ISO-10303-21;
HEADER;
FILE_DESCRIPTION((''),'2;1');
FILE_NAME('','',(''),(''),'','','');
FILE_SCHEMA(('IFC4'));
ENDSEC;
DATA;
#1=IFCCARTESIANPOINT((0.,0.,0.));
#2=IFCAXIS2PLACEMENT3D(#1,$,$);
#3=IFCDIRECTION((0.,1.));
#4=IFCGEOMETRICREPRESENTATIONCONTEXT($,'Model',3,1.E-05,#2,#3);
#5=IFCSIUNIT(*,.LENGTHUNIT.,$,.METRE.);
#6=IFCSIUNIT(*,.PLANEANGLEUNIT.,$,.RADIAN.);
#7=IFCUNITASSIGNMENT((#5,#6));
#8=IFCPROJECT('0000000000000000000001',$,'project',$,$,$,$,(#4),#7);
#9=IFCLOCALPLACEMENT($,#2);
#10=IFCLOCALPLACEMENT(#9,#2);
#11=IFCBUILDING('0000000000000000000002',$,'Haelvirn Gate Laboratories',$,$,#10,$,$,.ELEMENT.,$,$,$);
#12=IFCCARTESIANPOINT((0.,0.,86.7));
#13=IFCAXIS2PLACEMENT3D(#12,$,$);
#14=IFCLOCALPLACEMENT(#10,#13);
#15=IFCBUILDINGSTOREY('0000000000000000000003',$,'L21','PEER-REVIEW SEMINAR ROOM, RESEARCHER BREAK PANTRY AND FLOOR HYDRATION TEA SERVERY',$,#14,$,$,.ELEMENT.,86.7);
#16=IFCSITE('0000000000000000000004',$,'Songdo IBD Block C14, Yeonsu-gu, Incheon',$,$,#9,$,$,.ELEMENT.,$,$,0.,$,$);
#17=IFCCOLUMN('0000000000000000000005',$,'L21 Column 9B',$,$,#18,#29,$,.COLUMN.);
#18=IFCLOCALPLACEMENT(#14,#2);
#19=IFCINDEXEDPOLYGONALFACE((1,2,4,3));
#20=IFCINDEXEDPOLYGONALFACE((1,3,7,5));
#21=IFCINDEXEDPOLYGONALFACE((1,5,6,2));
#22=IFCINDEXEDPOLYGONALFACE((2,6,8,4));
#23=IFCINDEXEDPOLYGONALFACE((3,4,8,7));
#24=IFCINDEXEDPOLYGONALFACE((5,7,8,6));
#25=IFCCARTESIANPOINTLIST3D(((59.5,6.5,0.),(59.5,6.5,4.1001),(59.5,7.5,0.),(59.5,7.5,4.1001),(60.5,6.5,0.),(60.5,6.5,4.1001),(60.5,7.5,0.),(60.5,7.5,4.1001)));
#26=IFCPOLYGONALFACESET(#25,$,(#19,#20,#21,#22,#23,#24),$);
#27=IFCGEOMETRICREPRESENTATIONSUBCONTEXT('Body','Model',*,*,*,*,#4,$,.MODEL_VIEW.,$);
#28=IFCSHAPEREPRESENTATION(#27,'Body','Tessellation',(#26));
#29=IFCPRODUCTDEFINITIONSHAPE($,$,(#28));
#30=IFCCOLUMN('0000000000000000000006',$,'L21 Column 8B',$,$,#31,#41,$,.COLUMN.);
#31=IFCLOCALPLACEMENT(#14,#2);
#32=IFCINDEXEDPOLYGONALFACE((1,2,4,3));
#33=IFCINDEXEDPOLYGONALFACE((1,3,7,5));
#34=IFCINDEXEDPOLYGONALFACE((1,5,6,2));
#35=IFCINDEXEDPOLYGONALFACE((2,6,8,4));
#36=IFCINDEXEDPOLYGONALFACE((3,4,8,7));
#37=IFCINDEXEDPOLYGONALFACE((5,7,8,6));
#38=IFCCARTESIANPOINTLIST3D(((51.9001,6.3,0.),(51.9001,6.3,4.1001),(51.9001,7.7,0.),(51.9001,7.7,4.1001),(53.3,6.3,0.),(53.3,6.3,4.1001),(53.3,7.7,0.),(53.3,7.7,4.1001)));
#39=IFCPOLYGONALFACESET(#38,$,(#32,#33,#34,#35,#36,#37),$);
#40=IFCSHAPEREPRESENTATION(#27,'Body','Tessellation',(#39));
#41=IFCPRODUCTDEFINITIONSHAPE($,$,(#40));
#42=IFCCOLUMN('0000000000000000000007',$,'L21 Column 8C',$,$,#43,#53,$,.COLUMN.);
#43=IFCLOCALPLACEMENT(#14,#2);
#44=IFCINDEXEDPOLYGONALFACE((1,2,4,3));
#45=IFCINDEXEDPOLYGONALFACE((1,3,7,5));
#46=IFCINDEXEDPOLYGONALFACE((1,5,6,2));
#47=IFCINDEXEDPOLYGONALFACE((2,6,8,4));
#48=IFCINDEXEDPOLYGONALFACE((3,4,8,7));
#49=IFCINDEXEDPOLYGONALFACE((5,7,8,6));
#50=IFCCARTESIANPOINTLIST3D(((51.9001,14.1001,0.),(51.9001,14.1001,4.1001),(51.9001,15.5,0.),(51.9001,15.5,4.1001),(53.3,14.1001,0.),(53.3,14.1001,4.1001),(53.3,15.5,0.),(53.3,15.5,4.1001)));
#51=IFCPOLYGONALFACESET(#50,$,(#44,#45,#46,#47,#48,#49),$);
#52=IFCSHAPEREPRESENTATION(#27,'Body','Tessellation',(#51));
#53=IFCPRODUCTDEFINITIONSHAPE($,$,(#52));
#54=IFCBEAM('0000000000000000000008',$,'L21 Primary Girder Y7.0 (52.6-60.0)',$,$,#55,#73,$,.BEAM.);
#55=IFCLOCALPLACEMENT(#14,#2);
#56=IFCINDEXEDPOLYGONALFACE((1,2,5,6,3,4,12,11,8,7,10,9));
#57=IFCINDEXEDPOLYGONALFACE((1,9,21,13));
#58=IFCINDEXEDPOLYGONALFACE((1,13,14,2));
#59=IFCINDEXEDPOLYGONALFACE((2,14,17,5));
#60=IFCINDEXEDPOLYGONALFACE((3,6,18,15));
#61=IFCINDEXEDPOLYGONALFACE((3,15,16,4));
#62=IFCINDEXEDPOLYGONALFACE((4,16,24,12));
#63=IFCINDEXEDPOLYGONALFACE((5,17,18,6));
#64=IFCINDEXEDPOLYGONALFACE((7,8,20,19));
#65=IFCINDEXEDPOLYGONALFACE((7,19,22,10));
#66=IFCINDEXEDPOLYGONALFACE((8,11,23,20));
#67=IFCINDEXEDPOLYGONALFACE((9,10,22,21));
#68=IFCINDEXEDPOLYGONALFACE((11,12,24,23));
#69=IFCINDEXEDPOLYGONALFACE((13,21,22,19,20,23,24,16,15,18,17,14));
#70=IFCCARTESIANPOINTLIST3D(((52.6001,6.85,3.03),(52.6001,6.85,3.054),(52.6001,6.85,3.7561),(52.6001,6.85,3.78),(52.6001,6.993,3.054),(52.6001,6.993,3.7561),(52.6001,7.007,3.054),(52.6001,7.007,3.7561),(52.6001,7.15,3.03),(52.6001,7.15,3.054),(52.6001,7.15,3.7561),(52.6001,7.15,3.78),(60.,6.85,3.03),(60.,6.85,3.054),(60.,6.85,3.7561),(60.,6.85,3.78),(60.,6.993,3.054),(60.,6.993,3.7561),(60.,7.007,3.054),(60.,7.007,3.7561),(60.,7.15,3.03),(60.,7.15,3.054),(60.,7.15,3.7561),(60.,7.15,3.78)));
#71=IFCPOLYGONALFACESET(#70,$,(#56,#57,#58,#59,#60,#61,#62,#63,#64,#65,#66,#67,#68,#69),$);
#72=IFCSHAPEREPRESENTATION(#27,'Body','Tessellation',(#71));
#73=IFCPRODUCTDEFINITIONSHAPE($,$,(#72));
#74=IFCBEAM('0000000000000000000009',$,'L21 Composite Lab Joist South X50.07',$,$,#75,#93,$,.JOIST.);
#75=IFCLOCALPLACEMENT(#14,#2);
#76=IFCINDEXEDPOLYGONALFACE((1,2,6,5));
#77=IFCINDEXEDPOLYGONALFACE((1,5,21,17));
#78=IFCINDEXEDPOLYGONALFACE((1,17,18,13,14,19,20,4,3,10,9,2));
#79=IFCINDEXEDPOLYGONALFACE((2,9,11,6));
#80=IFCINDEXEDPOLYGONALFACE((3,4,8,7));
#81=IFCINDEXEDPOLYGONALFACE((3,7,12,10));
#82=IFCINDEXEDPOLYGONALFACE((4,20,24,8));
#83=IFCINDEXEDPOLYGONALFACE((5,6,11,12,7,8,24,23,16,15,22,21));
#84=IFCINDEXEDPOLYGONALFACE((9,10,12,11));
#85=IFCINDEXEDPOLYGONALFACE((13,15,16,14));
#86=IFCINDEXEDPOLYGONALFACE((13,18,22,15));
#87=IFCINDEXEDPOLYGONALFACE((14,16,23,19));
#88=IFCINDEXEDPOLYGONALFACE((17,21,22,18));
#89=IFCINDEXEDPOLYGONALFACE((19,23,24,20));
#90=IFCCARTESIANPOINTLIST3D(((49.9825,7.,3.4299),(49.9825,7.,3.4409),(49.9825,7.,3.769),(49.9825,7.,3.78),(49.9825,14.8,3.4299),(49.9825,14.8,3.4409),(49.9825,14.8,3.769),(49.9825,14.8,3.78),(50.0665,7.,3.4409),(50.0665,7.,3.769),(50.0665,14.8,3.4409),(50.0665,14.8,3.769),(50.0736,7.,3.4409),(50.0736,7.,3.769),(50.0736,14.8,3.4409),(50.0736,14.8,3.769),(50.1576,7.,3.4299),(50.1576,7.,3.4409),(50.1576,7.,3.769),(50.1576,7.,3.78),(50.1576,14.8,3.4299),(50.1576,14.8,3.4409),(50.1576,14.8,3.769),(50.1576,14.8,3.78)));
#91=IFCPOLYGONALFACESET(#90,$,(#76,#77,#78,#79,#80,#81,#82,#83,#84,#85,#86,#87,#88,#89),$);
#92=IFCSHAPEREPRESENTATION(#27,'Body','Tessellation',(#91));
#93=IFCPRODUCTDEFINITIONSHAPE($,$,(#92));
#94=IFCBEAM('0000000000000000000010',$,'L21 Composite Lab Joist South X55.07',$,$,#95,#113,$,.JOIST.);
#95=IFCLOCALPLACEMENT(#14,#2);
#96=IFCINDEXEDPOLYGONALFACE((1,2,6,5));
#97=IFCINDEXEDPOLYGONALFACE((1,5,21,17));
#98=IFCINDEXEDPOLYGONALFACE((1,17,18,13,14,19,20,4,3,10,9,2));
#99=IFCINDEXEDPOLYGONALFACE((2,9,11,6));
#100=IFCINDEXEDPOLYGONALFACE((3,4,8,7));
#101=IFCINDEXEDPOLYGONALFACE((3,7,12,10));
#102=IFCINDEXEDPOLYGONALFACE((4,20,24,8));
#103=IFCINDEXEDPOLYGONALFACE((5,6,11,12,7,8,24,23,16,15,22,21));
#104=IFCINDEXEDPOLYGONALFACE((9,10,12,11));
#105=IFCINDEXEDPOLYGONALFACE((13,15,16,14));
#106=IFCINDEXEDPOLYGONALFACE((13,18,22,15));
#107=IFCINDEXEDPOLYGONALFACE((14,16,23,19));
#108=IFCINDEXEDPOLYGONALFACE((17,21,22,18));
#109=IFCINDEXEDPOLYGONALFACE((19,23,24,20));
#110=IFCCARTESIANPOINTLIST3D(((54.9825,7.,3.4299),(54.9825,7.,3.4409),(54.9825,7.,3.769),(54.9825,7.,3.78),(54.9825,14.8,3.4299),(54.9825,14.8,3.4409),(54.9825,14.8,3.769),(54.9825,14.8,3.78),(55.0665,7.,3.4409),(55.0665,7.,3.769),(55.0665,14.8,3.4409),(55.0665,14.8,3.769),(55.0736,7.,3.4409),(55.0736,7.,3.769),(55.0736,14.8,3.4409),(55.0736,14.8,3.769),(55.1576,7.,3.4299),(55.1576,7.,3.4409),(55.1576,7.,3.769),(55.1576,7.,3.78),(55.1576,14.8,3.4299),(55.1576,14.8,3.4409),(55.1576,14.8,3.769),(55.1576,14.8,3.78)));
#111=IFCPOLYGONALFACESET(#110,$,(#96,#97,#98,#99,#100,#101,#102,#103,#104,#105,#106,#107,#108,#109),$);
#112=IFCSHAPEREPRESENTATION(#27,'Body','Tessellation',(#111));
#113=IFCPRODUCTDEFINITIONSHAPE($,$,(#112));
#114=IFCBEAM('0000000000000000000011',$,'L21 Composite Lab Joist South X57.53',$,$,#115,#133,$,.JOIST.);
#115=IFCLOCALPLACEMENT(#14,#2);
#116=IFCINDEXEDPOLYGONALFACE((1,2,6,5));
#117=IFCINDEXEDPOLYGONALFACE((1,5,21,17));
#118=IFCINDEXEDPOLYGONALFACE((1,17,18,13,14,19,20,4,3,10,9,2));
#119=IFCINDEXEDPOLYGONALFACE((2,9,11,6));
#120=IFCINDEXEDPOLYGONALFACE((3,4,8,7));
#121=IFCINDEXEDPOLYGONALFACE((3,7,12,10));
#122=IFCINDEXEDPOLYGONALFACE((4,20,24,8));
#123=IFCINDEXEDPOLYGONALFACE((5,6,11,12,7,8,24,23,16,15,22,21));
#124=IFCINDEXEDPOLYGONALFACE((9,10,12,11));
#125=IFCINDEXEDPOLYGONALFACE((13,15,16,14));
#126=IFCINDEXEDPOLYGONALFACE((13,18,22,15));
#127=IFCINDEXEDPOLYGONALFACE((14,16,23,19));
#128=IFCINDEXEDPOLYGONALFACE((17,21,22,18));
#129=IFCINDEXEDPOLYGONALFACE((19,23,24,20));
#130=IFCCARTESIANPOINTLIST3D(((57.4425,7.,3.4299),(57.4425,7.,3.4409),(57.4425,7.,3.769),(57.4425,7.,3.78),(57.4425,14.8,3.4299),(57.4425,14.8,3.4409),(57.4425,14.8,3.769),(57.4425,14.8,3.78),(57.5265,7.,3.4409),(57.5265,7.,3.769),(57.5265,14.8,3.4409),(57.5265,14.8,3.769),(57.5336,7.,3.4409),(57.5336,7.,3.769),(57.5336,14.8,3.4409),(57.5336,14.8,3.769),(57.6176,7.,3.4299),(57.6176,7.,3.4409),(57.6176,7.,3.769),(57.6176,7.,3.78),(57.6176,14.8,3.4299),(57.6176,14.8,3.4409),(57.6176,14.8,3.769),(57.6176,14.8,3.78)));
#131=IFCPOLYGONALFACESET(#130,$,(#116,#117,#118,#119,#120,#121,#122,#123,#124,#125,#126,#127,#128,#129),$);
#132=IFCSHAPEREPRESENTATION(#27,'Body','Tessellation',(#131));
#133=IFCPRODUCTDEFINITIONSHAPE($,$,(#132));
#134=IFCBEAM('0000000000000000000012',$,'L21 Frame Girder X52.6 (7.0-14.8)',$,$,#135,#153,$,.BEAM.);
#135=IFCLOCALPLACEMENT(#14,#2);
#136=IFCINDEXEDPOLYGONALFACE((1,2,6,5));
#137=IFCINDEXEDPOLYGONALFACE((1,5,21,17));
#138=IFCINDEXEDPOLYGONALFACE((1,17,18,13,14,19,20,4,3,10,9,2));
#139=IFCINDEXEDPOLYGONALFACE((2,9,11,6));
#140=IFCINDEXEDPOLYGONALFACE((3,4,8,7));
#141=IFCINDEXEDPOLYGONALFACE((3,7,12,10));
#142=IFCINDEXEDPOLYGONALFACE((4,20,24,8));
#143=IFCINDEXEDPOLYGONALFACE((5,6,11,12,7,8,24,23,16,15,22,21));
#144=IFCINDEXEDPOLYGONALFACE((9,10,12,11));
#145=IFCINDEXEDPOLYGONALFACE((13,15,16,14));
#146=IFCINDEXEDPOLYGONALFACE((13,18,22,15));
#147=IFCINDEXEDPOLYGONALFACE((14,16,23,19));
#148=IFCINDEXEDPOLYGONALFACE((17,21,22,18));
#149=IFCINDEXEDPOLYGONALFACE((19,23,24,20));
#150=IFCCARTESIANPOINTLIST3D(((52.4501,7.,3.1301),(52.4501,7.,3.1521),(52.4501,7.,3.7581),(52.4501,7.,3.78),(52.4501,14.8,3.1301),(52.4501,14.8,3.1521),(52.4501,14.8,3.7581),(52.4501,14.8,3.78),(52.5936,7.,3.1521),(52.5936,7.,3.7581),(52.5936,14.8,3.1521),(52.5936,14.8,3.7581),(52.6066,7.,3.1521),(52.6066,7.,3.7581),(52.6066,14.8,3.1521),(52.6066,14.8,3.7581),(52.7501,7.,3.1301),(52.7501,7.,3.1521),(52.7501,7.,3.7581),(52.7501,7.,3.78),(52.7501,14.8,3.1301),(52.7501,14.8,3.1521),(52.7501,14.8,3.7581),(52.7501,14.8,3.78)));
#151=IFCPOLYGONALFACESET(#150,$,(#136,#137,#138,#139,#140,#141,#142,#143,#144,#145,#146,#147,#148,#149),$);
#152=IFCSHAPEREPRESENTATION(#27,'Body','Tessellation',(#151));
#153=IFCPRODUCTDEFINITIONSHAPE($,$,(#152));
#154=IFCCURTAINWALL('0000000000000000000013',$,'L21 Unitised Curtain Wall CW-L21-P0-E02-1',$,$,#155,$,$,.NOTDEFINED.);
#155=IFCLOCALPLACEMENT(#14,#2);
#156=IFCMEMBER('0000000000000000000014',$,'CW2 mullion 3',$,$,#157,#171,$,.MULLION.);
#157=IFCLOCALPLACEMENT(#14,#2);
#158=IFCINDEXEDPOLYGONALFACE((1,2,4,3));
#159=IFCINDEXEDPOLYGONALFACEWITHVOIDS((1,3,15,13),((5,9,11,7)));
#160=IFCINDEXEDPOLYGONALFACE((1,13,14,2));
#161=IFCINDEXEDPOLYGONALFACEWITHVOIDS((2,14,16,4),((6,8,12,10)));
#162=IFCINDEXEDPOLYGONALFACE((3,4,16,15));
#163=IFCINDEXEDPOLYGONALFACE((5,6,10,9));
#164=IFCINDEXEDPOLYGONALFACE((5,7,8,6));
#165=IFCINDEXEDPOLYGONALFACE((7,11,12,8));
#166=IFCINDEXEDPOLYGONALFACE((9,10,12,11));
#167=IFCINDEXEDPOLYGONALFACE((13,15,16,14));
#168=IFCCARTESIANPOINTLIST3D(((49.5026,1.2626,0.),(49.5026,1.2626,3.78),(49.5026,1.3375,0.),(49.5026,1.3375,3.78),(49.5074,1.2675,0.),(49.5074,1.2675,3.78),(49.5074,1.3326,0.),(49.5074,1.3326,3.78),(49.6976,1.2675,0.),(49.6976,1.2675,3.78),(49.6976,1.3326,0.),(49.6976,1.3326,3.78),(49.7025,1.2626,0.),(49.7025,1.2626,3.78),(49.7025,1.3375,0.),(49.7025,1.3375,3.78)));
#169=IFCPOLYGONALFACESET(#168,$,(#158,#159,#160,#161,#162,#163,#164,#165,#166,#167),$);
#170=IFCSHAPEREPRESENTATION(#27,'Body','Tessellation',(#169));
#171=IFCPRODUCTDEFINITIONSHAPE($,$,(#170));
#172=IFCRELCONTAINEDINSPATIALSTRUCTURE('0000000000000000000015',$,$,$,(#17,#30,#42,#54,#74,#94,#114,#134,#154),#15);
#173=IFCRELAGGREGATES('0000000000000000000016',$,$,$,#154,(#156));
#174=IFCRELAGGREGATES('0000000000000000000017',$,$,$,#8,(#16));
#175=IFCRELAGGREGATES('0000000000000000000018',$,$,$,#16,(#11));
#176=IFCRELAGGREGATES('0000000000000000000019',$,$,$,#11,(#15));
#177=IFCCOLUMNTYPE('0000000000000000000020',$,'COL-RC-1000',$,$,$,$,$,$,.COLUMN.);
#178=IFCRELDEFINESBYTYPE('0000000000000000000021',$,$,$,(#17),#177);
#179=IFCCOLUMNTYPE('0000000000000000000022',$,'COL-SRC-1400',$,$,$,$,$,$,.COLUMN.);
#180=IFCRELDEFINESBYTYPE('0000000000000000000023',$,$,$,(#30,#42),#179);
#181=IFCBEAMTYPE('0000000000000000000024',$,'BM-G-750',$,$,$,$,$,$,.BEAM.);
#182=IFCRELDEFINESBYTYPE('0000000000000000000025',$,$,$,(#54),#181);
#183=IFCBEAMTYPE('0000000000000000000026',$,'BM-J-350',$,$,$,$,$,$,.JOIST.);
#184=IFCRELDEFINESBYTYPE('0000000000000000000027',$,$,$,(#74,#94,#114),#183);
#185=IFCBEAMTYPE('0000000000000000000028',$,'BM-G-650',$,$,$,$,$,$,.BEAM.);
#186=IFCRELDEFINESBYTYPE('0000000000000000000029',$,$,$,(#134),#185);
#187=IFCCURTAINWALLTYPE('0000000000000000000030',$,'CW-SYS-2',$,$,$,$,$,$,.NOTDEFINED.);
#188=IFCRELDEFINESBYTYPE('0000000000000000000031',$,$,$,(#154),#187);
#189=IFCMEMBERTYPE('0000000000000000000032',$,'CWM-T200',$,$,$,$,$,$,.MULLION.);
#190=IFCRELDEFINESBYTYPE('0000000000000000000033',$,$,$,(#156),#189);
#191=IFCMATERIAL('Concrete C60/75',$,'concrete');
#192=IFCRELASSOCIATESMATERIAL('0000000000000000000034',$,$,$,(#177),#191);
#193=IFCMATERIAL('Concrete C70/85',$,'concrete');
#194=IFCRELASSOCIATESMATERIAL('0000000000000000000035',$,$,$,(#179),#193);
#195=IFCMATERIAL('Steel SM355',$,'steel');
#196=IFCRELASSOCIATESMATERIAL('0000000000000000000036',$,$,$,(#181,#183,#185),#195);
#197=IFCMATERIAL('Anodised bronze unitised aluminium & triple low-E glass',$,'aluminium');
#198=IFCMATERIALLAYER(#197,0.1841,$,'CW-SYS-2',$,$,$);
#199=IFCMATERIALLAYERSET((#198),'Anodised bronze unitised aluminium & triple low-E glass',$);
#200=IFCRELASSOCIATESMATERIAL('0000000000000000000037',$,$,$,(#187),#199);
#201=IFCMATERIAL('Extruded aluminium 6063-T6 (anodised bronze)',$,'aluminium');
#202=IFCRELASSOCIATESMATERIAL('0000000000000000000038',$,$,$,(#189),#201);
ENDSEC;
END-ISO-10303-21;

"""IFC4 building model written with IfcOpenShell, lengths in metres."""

from ifc_helpers import new_model, si_unit, direction, frame, origin, origin_2d, place, context, subcontext, project, spatial, rectangle, hollow_rectangle, i_section, extrude, source, transform, mapped, material, layer, layer_set, material_profile, profile_set, type_object, type_shapes, element, aggregate, save


model = new_model("IFC4")

# Units and contexts
model_context = context("Model", 3, precision=1e-05, world=origin(), true_north=direction((0.0, 1.0)))
body_context = subcontext(model_context, "Body", "Model", "MODEL_VIEW")
ifc_project = project(units=[si_unit("LENGTHUNIT", "METRE"), si_unit("PLANEANGLEUNIT", "RADIAN")], contexts=[model_context])

# Site, building, storey
site_placement = place(None, origin())
site = spatial("IfcSite", under=ifc_project, at=site_placement, Name="Songdo IBD Block C14, Yeonsu-gu, Incheon", CompositionType="ELEMENT", RefElevation=0.0)
building_placement = place(site_placement, origin())
building = spatial("IfcBuilding", under=site, at=building_placement, Name="Haelvirn Gate Laboratories", CompositionType="ELEMENT")
storey_placement = place(building_placement, frame((0.0, 0.0, 86.7)))
storey = spatial("IfcBuildingStorey", under=building, at=storey_placement, Name="L21", Description="PEER-REVIEW SEMINAR ROOM, RESEARCHER BREAK PANTRY AND FLOOR HYDRATION TEA SERVERY", CompositionType="ELEMENT", Elevation=86.7)

# Columns
ifc_material_1 = material(Name="Concrete C60/75", Category="concrete")
ifc_material_profile_1 = material_profile(ifc_material_1, rectangle(XDim=1.0, YDim=1.0, at=origin_2d()), Name="RC-1000x1000")
ifc_profile_set_1 = profile_set([ifc_material_profile_1], Name="Concrete C60/75")
column_type_1 = type_object("IfcColumnType", Name="COL-RC-1000", PredefinedType="COLUMN", material=ifc_profile_set_1)
shared_shape_1 = source(origin(), body_context, "Body", "SweptSolid", [
    extrude(rectangle(XDim=1.0, YDim=1.0, at=origin_2d()), origin(), (0.0, 0.0, 1.0), 4.1001),
])
type_shapes(column_type_1, [shared_shape_1])
column_placement = place(storey_placement, frame((60.0, 7.0, 0.0), z_axis=(0.0, 0.0, 1.0), x_axis=(1.0, 0.0, 0.0)))
element("IfcColumn", 1, at=column_placement, inside=storey, type_object=column_type_1, Name="L21 Column 9B", PredefinedType="COLUMN", context=body_context, shape_type="MappedRepresentation", body=[
    mapped(shared_shape_1, transform((0.0, 0.0, 0.0), scale=1.0)),
])
ifc_material_2 = material(Name="Concrete C70/85", Category="concrete")
ifc_material_profile_2 = material_profile(ifc_material_2, rectangle(XDim=1.3999, YDim=1.3999, at=origin_2d()), Name="SRC-1400x1400")
ifc_profile_set_2 = profile_set([ifc_material_profile_2], Name="Concrete C70/85")
column_type_2 = type_object("IfcColumnType", Name="COL-SRC-1400", PredefinedType="COLUMN", material=ifc_profile_set_2)
shared_shape_2 = source(origin(), body_context, "Body", "SweptSolid", [
    extrude(rectangle(XDim=1.3999, YDim=1.3999, at=origin_2d()), origin(), (0.0, 0.0, 1.0), 4.1001),
])
type_shapes(column_type_2, [shared_shape_2])
for number, where, z_axis, x_axis, name in (
    (2, (52.6001, 7.0, 0.0), (0.0, 0.0, 1.0), (1.0, 0.0, 0.0), "L21 Column 8B"),
    (3, (52.6001, 14.8, 0.0), (0.0, 0.0, 1.0), (1.0, 0.0, 0.0), "L21 Column 8C"),
):
    element("IfcColumn", number, at=place(storey_placement, frame(where, z_axis=z_axis, x_axis=x_axis)), inside=storey, type_object=column_type_2, Name=name, PredefinedType="COLUMN", context=body_context, shape_type="MappedRepresentation", body=[
        mapped(shared_shape_2, transform((0.0, 0.0, 0.0), scale=1.0)),
    ])

# Beams
ifc_material_3 = material(Name="Steel SM355", Category="steel")
ifc_material_profile_3 = material_profile(ifc_material_3, i_section(OverallWidth=0.3, OverallDepth=0.75, WebThickness=0.0139, FlangeThickness=0.0239, at=origin_2d()), Name="H-750x300x14x24")
ifc_profile_set_3 = profile_set([ifc_material_profile_3], Name="Steel SM355")
beam_type_1 = type_object("IfcBeamType", Name="BM-G-750", PredefinedType="BEAM", material=ifc_profile_set_3)
shared_shape_3 = source(origin(), body_context, "Body", "SweptSolid", [
    extrude(i_section(OverallWidth=0.3, OverallDepth=0.75, WebThickness=0.0139, FlangeThickness=0.0239, at=origin_2d()), origin(), (0.0, 0.0, 1.0), 7.3999),
])
type_shapes(beam_type_1, [shared_shape_3])
beam_1_placement = place(storey_placement, frame((52.6001, 7.0, 3.405), z_axis=(1.0, 0.0, 0.0), x_axis=(0.0, 1.0, 0.0)))
element("IfcBeam", 4, at=beam_1_placement, inside=storey, type_object=beam_type_1, Name="L21 Primary Girder Y7.0 (52.6-60.0)", PredefinedType="BEAM", context=body_context, shape_type="MappedRepresentation", body=[
    mapped(shared_shape_3, transform((0.0, 0.0, 0.0), scale=1.0)),
])
ifc_material_profile_4 = material_profile(ifc_material_3, i_section(OverallWidth=0.175, OverallDepth=0.3501, WebThickness=0.0071, FlangeThickness=0.011, at=origin_2d()), Name="H-350x175x7x11")
ifc_profile_set_4 = profile_set([ifc_material_profile_4], Name="Steel SM355")
beam_type_2 = type_object("IfcBeamType", Name="BM-J-350", PredefinedType="JOIST", material=ifc_profile_set_4)
shared_shape_4 = source(origin(), body_context, "Body", "SweptSolid", [
    extrude(i_section(OverallWidth=0.175, OverallDepth=0.3501, WebThickness=0.0071, FlangeThickness=0.011, at=origin_2d()), origin(), (0.0, 0.0, 1.0), 7.8),
])
type_shapes(beam_type_2, [shared_shape_4])
for number, where, z_axis, x_axis, name in (
    (5, (50.0701, 7.0, 3.605), (0.0, 1.0, 0.0), (-1.0, 0.0, 0.0), "L21 Composite Lab Joist South X50.07"),
    (6, (55.0701, 7.0, 3.605), (0.0, 1.0, 0.0), (-1.0, 0.0, 0.0), "L21 Composite Lab Joist South X55.07"),
    (7, (57.53, 7.0, 3.605), (0.0, 1.0, 0.0), (-1.0, 0.0, 0.0), "L21 Composite Lab Joist South X57.53"),
):
    element("IfcBeam", number, at=place(storey_placement, frame(where, z_axis=z_axis, x_axis=x_axis)), inside=storey, type_object=beam_type_2, Name=name, PredefinedType="JOIST", context=body_context, shape_type="MappedRepresentation", body=[
        mapped(shared_shape_4, transform((0.0, 0.0, 0.0), scale=1.0)),
    ])
ifc_material_profile_5 = material_profile(ifc_material_3, i_section(OverallWidth=0.3, OverallDepth=0.6499, WebThickness=0.0129, FlangeThickness=0.022, at=origin_2d()), Name="H-650x300x13x22")
ifc_profile_set_5 = profile_set([ifc_material_profile_5], Name="Steel SM355")
beam_type_3 = type_object("IfcBeamType", Name="BM-G-650", PredefinedType="BEAM", material=ifc_profile_set_5)
shared_shape_5 = source(origin(), body_context, "Body", "SweptSolid", [
    extrude(i_section(OverallWidth=0.3, OverallDepth=0.6499, WebThickness=0.0129, FlangeThickness=0.022, at=origin_2d()), origin(), (0.0, 0.0, 1.0), 7.8),
])
type_shapes(beam_type_3, [shared_shape_5])
beam_2_placement = place(storey_placement, frame((52.6001, 7.0, 3.4551), z_axis=(0.0, 1.0, 0.0), x_axis=(-1.0, 0.0, 0.0)))
element("IfcBeam", 8, at=beam_2_placement, inside=storey, type_object=beam_type_3, Name="L21 Frame Girder X52.6 (7.0-14.8)", PredefinedType="BEAM", context=body_context, shape_type="MappedRepresentation", body=[
    mapped(shared_shape_5, transform((0.0, 0.0, 0.0), scale=1.0)),
])

# Curtain wall, member
ifc_material_4 = material(Name="Anodised bronze unitised aluminium & triple low-E glass", Category="aluminium")
ifc_layer_1 = layer(ifc_material_4, 0.1841, Name="CW-SYS-2")
ifc_layer_set_1 = layer_set([ifc_layer_1], Name="Anodised bronze unitised aluminium & triple low-E glass")
curtain_wall_type = type_object("IfcCurtainWallType", Name="CW-SYS-2", PredefinedType="NOTDEFINED", material=ifc_layer_set_1)
curtain_wall_1_placement = place(storey_placement, origin())
curtain_wall_1 = element("IfcCurtainWall", 9, at=curtain_wall_1_placement, inside=storey, type_object=curtain_wall_type, Name="L21 Unitised Curtain Wall CW-L21-P0-E02-1", PredefinedType="NOTDEFINED")
ifc_material_5 = material(Name="Extruded aluminium 6063-T6 (anodised bronze)", Category="aluminium")
ifc_material_profile_6 = material_profile(ifc_material_5, hollow_rectangle(XDim=0.075, YDim=0.2, WallThickness=0.0049, at=origin_2d()), Name="CWM-200x75x5")
ifc_profile_set_6 = profile_set([ifc_material_profile_6], Name="Extruded aluminium 6063-T6 (anodised bronze)")
member_type = type_object("IfcMemberType", Name="CWM-T200", PredefinedType="MULLION", material=ifc_profile_set_6)
shared_shape_6 = source(origin(), body_context, "Body", "SweptSolid", [
    extrude(hollow_rectangle(XDim=0.075, YDim=0.2, WallThickness=0.0049, at=origin_2d()), origin(), (0.0, 0.0, 1.0), 3.78),
])
type_shapes(member_type, [shared_shape_6])
member_placement = place(storey_placement, frame((49.6025, 1.3, 0.0), z_axis=(0.0, 0.0, 1.0), x_axis=(0.0, 1.0, 0.0)))
member = element("IfcMember", 10, at=member_placement, type_object=member_type, Name="CW2 mullion 3", PredefinedType="MULLION", context=body_context, shape_type="MappedRepresentation", body=[
    mapped(shared_shape_6, transform((0.0, 0.0, 0.0), scale=1.0)),
])
aggregate(curtain_wall_1, [member])

save(model, "model.ifc")
